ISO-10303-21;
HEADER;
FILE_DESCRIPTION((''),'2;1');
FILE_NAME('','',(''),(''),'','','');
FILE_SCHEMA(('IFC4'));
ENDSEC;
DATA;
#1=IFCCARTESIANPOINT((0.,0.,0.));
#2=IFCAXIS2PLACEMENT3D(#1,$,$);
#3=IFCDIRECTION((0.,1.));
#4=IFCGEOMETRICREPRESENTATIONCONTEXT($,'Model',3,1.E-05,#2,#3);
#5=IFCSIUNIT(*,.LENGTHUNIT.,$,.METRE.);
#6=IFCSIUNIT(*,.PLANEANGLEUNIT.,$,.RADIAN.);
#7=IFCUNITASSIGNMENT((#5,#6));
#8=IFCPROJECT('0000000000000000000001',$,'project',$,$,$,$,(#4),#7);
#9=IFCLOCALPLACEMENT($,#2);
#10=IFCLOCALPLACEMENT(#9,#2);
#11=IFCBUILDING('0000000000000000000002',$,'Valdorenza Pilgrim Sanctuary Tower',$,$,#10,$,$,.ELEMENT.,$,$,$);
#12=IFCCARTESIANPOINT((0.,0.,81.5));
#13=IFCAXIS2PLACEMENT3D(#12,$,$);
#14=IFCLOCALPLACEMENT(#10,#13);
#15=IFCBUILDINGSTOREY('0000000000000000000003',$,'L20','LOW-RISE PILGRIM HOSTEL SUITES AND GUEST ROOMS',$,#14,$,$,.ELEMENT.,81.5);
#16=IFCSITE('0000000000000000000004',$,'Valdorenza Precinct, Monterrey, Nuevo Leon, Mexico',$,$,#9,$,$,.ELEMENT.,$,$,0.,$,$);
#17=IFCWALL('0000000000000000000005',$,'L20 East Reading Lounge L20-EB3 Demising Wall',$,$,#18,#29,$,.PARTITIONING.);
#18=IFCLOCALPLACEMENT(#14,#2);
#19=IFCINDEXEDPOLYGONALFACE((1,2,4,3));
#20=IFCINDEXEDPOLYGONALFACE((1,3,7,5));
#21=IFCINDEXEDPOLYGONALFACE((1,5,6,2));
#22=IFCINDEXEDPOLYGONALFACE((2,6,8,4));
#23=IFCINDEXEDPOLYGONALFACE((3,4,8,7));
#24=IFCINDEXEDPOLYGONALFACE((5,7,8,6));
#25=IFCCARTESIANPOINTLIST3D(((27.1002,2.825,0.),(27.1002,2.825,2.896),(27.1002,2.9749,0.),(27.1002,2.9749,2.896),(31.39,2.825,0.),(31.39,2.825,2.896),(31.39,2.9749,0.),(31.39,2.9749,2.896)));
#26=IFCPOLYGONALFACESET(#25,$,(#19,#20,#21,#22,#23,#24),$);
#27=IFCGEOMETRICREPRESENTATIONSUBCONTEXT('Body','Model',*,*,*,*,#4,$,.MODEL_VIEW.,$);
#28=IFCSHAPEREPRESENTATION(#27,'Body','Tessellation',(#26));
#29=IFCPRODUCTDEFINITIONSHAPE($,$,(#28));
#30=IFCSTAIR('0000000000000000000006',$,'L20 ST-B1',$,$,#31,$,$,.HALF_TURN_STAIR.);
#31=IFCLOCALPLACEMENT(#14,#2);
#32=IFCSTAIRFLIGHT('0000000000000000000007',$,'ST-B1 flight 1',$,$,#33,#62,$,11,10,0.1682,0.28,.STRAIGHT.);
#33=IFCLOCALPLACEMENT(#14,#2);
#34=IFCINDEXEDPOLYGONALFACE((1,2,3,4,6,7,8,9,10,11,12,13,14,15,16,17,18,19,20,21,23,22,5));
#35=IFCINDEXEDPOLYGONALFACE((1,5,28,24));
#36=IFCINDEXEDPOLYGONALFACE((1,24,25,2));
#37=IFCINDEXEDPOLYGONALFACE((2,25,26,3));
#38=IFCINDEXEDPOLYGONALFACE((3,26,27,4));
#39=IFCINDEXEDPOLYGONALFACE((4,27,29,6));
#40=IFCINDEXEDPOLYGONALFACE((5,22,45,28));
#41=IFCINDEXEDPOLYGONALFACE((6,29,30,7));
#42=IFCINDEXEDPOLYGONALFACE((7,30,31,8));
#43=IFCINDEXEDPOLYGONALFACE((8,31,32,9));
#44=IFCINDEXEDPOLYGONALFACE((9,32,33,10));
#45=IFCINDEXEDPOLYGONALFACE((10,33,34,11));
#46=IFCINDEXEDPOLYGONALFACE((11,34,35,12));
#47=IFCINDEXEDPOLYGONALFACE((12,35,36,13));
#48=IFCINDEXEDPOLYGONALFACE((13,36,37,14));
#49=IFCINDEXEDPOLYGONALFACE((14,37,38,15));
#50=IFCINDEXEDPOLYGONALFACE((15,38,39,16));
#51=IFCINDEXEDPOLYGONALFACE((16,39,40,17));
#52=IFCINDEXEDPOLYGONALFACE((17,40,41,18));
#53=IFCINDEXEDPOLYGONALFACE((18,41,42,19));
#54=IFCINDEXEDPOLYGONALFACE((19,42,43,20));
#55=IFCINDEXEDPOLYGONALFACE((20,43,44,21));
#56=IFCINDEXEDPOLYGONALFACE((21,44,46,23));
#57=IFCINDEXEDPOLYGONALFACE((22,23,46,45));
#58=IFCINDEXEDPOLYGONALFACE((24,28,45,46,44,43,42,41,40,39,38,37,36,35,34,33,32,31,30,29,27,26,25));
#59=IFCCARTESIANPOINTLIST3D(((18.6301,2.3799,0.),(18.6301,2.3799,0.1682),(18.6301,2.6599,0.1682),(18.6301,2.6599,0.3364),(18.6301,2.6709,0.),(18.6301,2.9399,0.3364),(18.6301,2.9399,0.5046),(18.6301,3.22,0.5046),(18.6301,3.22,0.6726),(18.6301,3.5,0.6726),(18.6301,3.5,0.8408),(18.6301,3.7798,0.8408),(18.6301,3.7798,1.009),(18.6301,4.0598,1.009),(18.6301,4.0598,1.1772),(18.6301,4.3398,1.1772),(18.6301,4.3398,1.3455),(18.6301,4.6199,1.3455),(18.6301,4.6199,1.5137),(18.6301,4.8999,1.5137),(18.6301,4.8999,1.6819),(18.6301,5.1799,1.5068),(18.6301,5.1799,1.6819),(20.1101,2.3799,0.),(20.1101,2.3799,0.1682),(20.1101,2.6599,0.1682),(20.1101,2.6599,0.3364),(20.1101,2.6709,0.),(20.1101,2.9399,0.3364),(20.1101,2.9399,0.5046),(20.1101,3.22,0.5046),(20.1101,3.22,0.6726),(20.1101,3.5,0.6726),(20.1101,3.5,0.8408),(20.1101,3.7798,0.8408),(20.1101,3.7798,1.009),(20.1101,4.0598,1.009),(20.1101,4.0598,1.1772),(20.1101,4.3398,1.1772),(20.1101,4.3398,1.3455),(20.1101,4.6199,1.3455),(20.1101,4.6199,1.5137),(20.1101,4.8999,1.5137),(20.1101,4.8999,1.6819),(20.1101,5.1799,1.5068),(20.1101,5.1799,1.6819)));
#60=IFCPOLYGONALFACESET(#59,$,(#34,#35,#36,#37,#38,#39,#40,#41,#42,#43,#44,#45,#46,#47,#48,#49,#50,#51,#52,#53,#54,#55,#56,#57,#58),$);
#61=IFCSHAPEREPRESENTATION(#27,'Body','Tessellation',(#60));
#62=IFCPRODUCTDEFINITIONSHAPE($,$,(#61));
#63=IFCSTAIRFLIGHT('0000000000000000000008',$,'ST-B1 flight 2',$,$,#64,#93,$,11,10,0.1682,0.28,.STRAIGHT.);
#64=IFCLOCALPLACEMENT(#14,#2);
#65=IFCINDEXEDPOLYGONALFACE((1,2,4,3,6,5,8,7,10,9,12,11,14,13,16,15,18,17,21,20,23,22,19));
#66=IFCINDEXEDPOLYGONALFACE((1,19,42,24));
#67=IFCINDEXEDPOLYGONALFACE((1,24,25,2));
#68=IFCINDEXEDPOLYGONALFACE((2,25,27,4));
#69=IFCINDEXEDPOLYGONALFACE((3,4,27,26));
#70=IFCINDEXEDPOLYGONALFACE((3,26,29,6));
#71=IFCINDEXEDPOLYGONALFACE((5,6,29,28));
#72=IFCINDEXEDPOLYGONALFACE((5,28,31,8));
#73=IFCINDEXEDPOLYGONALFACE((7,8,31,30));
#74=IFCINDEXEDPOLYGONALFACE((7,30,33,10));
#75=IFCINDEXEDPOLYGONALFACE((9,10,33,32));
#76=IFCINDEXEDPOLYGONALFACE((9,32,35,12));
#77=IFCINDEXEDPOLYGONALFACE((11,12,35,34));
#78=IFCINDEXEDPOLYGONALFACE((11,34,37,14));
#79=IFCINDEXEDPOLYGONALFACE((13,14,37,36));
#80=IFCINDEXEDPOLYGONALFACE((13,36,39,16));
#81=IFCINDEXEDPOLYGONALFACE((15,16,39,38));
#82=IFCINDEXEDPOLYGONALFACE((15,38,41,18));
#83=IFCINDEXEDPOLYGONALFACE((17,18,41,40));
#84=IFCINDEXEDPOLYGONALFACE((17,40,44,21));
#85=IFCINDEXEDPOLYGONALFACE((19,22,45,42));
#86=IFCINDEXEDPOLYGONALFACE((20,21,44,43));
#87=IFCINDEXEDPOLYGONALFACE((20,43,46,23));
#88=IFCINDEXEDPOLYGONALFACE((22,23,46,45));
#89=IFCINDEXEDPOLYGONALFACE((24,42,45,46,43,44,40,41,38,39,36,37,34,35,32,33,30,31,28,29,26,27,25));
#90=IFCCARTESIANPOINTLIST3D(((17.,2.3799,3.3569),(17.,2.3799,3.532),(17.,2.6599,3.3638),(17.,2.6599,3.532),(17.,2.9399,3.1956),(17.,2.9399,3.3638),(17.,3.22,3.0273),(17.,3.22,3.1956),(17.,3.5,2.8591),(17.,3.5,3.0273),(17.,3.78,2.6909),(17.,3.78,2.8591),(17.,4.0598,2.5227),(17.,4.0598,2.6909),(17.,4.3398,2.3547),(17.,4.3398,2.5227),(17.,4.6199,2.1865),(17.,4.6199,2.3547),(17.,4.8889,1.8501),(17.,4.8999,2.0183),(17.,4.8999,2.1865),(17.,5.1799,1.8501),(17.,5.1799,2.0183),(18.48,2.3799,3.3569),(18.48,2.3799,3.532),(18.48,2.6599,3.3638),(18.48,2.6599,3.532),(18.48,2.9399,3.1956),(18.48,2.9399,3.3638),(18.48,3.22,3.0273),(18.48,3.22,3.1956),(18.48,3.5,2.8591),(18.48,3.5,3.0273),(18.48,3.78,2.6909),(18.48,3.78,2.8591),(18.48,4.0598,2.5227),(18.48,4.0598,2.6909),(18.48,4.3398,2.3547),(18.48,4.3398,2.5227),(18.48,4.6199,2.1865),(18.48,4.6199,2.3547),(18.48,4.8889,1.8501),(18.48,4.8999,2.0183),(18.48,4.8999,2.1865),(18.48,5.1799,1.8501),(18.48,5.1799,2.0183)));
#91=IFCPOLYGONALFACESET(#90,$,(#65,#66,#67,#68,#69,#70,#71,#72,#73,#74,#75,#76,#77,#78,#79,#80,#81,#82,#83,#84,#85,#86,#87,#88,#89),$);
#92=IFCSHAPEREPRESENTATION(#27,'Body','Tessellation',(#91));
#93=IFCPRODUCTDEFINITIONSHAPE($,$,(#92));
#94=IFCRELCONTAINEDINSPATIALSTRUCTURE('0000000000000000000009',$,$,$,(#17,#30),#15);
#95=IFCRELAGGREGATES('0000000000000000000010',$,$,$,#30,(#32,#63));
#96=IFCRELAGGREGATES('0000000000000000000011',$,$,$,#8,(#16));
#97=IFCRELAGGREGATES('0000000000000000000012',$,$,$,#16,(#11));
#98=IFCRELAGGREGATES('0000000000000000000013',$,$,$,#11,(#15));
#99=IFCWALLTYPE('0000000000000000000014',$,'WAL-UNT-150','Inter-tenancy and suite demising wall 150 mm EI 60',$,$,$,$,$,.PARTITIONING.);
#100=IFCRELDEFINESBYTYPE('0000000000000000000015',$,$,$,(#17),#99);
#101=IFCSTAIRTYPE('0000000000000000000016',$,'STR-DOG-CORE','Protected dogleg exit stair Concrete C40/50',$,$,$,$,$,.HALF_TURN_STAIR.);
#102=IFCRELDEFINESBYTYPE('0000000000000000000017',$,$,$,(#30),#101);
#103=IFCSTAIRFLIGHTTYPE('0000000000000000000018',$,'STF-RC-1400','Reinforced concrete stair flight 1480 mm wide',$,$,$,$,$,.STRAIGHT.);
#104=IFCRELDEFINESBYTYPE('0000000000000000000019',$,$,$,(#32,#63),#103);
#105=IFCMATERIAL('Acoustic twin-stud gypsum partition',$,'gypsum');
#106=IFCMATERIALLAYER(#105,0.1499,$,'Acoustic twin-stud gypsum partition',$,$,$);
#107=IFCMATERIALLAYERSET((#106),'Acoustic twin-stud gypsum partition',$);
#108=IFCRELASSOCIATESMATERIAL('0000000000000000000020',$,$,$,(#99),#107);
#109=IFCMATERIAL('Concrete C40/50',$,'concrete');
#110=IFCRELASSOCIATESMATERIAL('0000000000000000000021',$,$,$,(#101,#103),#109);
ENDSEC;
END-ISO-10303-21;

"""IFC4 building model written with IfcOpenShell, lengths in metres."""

from ifc_helpers import new_model, si_unit, direction, frame, frame_2d, origin, place, context, subcontext, project, spatial, polyline, rectangle, outline, extrude, material, layer, layer_set, type_object, element, aggregate, save


model = new_model("IFC4")

# Units and contexts
model_context = context("Model", 3, precision=1e-05, world=origin(), true_north=direction((0.0, 1.0)))
body_context = subcontext(model_context, "Body", "Model", "MODEL_VIEW")
ifc_project = project(units=[si_unit("LENGTHUNIT", "METRE"), si_unit("PLANEANGLEUNIT", "RADIAN")], contexts=[model_context])

# Site, building, storey
site_placement = place(None, origin())
site = spatial("IfcSite", under=ifc_project, at=site_placement, Name="Valdorenza Precinct, Monterrey, Nuevo Leon, Mexico", CompositionType="ELEMENT", RefElevation=0.0)
building_placement = place(site_placement, origin())
building = spatial("IfcBuilding", under=site, at=building_placement, Name="Valdorenza Pilgrim Sanctuary Tower", CompositionType="ELEMENT")
storey_placement = place(building_placement, frame((0.0, 0.0, 81.5)))
storey = spatial("IfcBuildingStorey", under=building, at=storey_placement, Name="L20", Description="LOW-RISE PILGRIM HOSTEL SUITES AND GUEST ROOMS", CompositionType="ELEMENT", Elevation=81.5)

# Shared definitions
ifc_material_1 = material(Name="Acoustic twin-stud gypsum partition", Category="gypsum")

# Shared definitions
ifc_material_2 = material(Name="Concrete C40/50", Category="concrete")

# Wall
ifc_layer_1 = layer(ifc_material_1, 0.1499, Name="Acoustic twin-stud gypsum partition")
ifc_layer_set_1 = layer_set([ifc_layer_1], Name="Acoustic twin-stud gypsum partition")
wall_type_1 = type_object("IfcWallType", Name="WAL-UNT-150", Description="Inter-tenancy and suite demising wall 150 mm EI 60", PredefinedType="PARTITIONING", material=ifc_layer_set_1)
wall_1_placement = place(storey_placement, frame((27.1001, 2.8999, 0.0), z_axis=(0.0, 0.0, 1.0), x_axis=(1.0, 0.0, 0.0)))
element("IfcWall", 1, at=wall_1_placement, inside=storey, type_object=wall_type_1, Name="L20 East Reading Lounge L20-EB3 Demising Wall", PredefinedType="PARTITIONING", context=body_context, shape_type="SweptSolid", body=[
    extrude(rectangle(XDim=4.2898, YDim=0.1499, at=frame_2d((2.145, 0.0))), origin(), (0.0, 0.0, 1.0), 2.896),
])

# Stair, stair flights
stair_type = type_object("IfcStairType", Name="STR-DOG-CORE", Description="Protected dogleg exit stair Concrete C40/50", PredefinedType="HALF_TURN_STAIR", material=ifc_material_2)
stair_placement = place(storey_placement, origin())
stair = element("IfcStair", 2, at=stair_placement, inside=storey, type_object=stair_type, Name="L20 ST-B1", PredefinedType="HALF_TURN_STAIR")
stair_flight_type = type_object("IfcStairFlightType", Name="STF-RC-1400", Description="Reinforced concrete stair flight 1480 mm wide", PredefinedType="STRAIGHT", material=ifc_material_2)
stair_flight_1_placement = place(storey_placement, frame((19.3701, 2.3799, 0.0), z_axis=(0.0, 0.0, 1.0), x_axis=(0.0, 1.0, 0.0)))
stair_flight_1 = element("IfcStairFlight", 3, at=stair_flight_1_placement, type_object=stair_flight_type, Name="ST-B1 flight 1", NumberOfRisers=11, NumberOfTreads=10, PredefinedType="STRAIGHT", RiserHeight=0.1682, TreadLength=0.28, context=body_context, shape_type="SweptSolid", body=[
    extrude(outline(polyline([(0.0, 0.0), (0.0, 0.1682), (0.28, 0.1682), (0.28, 0.3364), (0.5601, 0.3364), (0.5601, 0.5046), (0.8401, 0.5046), (0.8401, 0.6726), (1.1201, 0.6726), (1.1201, 0.8408), (1.3999, 0.8408), (1.3999, 1.009), (1.6799, 1.009), (1.6799, 1.1772), (1.96, 1.1772), (1.96, 1.3455), (2.24, 1.3455), (2.24, 1.5137), (2.52, 1.5137), (2.52, 1.6819), (2.8, 1.6819), (2.8, 1.8501), (2.8, 1.5068), (0.291, 0.0), (0.0, 0.0)])), frame((0.0, 0.74, 0.0), z_axis=(0.0, -1.0, 0.0), x_axis=(1.0, 0.0, 0.0)), (0.0, 0.0, 1.0), 1.48),
])
stair_flight_2_placement = place(storey_placement, frame((17.74, 5.1799, 1.8501), z_axis=(0.0, 0.0, 1.0), x_axis=(0.0, -1.0, 0.0)))
stair_flight_2 = element("IfcStairFlight", 4, at=stair_flight_2_placement, type_object=stair_flight_type, Name="ST-B1 flight 2", NumberOfRisers=11, NumberOfTreads=10, PredefinedType="STRAIGHT", RiserHeight=0.1682, TreadLength=0.28, context=body_context, shape_type="SweptSolid", body=[
    extrude(outline(polyline([(0.0, 0.0), (0.0, 0.1682), (0.28, 0.1682), (0.28, 0.3364), (0.5601, 0.3364), (0.5601, 0.5046), (0.8401, 0.5046), (0.8401, 0.6726), (1.1201, 0.6726), (1.1201, 0.8408), (1.3999, 0.8408), (1.3999, 1.009), (1.6799, 1.009), (1.6799, 1.1772), (1.96, 1.1772), (1.96, 1.3455), (2.24, 1.3455), (2.24, 1.5137), (2.52, 1.5137), (2.52, 1.6819), (2.8, 1.6819), (2.8, 1.8501), (2.8, 1.5068), (0.291, 0.0), (0.0, 0.0)])), frame((0.0, 0.74, 0.0), z_axis=(0.0, -1.0, 0.0), x_axis=(1.0, 0.0, 0.0)), (0.0, 0.0, 1.0), 1.48),
])
aggregate(stair, [stair_flight_1, stair_flight_2])

save(model, "model.ifc")
